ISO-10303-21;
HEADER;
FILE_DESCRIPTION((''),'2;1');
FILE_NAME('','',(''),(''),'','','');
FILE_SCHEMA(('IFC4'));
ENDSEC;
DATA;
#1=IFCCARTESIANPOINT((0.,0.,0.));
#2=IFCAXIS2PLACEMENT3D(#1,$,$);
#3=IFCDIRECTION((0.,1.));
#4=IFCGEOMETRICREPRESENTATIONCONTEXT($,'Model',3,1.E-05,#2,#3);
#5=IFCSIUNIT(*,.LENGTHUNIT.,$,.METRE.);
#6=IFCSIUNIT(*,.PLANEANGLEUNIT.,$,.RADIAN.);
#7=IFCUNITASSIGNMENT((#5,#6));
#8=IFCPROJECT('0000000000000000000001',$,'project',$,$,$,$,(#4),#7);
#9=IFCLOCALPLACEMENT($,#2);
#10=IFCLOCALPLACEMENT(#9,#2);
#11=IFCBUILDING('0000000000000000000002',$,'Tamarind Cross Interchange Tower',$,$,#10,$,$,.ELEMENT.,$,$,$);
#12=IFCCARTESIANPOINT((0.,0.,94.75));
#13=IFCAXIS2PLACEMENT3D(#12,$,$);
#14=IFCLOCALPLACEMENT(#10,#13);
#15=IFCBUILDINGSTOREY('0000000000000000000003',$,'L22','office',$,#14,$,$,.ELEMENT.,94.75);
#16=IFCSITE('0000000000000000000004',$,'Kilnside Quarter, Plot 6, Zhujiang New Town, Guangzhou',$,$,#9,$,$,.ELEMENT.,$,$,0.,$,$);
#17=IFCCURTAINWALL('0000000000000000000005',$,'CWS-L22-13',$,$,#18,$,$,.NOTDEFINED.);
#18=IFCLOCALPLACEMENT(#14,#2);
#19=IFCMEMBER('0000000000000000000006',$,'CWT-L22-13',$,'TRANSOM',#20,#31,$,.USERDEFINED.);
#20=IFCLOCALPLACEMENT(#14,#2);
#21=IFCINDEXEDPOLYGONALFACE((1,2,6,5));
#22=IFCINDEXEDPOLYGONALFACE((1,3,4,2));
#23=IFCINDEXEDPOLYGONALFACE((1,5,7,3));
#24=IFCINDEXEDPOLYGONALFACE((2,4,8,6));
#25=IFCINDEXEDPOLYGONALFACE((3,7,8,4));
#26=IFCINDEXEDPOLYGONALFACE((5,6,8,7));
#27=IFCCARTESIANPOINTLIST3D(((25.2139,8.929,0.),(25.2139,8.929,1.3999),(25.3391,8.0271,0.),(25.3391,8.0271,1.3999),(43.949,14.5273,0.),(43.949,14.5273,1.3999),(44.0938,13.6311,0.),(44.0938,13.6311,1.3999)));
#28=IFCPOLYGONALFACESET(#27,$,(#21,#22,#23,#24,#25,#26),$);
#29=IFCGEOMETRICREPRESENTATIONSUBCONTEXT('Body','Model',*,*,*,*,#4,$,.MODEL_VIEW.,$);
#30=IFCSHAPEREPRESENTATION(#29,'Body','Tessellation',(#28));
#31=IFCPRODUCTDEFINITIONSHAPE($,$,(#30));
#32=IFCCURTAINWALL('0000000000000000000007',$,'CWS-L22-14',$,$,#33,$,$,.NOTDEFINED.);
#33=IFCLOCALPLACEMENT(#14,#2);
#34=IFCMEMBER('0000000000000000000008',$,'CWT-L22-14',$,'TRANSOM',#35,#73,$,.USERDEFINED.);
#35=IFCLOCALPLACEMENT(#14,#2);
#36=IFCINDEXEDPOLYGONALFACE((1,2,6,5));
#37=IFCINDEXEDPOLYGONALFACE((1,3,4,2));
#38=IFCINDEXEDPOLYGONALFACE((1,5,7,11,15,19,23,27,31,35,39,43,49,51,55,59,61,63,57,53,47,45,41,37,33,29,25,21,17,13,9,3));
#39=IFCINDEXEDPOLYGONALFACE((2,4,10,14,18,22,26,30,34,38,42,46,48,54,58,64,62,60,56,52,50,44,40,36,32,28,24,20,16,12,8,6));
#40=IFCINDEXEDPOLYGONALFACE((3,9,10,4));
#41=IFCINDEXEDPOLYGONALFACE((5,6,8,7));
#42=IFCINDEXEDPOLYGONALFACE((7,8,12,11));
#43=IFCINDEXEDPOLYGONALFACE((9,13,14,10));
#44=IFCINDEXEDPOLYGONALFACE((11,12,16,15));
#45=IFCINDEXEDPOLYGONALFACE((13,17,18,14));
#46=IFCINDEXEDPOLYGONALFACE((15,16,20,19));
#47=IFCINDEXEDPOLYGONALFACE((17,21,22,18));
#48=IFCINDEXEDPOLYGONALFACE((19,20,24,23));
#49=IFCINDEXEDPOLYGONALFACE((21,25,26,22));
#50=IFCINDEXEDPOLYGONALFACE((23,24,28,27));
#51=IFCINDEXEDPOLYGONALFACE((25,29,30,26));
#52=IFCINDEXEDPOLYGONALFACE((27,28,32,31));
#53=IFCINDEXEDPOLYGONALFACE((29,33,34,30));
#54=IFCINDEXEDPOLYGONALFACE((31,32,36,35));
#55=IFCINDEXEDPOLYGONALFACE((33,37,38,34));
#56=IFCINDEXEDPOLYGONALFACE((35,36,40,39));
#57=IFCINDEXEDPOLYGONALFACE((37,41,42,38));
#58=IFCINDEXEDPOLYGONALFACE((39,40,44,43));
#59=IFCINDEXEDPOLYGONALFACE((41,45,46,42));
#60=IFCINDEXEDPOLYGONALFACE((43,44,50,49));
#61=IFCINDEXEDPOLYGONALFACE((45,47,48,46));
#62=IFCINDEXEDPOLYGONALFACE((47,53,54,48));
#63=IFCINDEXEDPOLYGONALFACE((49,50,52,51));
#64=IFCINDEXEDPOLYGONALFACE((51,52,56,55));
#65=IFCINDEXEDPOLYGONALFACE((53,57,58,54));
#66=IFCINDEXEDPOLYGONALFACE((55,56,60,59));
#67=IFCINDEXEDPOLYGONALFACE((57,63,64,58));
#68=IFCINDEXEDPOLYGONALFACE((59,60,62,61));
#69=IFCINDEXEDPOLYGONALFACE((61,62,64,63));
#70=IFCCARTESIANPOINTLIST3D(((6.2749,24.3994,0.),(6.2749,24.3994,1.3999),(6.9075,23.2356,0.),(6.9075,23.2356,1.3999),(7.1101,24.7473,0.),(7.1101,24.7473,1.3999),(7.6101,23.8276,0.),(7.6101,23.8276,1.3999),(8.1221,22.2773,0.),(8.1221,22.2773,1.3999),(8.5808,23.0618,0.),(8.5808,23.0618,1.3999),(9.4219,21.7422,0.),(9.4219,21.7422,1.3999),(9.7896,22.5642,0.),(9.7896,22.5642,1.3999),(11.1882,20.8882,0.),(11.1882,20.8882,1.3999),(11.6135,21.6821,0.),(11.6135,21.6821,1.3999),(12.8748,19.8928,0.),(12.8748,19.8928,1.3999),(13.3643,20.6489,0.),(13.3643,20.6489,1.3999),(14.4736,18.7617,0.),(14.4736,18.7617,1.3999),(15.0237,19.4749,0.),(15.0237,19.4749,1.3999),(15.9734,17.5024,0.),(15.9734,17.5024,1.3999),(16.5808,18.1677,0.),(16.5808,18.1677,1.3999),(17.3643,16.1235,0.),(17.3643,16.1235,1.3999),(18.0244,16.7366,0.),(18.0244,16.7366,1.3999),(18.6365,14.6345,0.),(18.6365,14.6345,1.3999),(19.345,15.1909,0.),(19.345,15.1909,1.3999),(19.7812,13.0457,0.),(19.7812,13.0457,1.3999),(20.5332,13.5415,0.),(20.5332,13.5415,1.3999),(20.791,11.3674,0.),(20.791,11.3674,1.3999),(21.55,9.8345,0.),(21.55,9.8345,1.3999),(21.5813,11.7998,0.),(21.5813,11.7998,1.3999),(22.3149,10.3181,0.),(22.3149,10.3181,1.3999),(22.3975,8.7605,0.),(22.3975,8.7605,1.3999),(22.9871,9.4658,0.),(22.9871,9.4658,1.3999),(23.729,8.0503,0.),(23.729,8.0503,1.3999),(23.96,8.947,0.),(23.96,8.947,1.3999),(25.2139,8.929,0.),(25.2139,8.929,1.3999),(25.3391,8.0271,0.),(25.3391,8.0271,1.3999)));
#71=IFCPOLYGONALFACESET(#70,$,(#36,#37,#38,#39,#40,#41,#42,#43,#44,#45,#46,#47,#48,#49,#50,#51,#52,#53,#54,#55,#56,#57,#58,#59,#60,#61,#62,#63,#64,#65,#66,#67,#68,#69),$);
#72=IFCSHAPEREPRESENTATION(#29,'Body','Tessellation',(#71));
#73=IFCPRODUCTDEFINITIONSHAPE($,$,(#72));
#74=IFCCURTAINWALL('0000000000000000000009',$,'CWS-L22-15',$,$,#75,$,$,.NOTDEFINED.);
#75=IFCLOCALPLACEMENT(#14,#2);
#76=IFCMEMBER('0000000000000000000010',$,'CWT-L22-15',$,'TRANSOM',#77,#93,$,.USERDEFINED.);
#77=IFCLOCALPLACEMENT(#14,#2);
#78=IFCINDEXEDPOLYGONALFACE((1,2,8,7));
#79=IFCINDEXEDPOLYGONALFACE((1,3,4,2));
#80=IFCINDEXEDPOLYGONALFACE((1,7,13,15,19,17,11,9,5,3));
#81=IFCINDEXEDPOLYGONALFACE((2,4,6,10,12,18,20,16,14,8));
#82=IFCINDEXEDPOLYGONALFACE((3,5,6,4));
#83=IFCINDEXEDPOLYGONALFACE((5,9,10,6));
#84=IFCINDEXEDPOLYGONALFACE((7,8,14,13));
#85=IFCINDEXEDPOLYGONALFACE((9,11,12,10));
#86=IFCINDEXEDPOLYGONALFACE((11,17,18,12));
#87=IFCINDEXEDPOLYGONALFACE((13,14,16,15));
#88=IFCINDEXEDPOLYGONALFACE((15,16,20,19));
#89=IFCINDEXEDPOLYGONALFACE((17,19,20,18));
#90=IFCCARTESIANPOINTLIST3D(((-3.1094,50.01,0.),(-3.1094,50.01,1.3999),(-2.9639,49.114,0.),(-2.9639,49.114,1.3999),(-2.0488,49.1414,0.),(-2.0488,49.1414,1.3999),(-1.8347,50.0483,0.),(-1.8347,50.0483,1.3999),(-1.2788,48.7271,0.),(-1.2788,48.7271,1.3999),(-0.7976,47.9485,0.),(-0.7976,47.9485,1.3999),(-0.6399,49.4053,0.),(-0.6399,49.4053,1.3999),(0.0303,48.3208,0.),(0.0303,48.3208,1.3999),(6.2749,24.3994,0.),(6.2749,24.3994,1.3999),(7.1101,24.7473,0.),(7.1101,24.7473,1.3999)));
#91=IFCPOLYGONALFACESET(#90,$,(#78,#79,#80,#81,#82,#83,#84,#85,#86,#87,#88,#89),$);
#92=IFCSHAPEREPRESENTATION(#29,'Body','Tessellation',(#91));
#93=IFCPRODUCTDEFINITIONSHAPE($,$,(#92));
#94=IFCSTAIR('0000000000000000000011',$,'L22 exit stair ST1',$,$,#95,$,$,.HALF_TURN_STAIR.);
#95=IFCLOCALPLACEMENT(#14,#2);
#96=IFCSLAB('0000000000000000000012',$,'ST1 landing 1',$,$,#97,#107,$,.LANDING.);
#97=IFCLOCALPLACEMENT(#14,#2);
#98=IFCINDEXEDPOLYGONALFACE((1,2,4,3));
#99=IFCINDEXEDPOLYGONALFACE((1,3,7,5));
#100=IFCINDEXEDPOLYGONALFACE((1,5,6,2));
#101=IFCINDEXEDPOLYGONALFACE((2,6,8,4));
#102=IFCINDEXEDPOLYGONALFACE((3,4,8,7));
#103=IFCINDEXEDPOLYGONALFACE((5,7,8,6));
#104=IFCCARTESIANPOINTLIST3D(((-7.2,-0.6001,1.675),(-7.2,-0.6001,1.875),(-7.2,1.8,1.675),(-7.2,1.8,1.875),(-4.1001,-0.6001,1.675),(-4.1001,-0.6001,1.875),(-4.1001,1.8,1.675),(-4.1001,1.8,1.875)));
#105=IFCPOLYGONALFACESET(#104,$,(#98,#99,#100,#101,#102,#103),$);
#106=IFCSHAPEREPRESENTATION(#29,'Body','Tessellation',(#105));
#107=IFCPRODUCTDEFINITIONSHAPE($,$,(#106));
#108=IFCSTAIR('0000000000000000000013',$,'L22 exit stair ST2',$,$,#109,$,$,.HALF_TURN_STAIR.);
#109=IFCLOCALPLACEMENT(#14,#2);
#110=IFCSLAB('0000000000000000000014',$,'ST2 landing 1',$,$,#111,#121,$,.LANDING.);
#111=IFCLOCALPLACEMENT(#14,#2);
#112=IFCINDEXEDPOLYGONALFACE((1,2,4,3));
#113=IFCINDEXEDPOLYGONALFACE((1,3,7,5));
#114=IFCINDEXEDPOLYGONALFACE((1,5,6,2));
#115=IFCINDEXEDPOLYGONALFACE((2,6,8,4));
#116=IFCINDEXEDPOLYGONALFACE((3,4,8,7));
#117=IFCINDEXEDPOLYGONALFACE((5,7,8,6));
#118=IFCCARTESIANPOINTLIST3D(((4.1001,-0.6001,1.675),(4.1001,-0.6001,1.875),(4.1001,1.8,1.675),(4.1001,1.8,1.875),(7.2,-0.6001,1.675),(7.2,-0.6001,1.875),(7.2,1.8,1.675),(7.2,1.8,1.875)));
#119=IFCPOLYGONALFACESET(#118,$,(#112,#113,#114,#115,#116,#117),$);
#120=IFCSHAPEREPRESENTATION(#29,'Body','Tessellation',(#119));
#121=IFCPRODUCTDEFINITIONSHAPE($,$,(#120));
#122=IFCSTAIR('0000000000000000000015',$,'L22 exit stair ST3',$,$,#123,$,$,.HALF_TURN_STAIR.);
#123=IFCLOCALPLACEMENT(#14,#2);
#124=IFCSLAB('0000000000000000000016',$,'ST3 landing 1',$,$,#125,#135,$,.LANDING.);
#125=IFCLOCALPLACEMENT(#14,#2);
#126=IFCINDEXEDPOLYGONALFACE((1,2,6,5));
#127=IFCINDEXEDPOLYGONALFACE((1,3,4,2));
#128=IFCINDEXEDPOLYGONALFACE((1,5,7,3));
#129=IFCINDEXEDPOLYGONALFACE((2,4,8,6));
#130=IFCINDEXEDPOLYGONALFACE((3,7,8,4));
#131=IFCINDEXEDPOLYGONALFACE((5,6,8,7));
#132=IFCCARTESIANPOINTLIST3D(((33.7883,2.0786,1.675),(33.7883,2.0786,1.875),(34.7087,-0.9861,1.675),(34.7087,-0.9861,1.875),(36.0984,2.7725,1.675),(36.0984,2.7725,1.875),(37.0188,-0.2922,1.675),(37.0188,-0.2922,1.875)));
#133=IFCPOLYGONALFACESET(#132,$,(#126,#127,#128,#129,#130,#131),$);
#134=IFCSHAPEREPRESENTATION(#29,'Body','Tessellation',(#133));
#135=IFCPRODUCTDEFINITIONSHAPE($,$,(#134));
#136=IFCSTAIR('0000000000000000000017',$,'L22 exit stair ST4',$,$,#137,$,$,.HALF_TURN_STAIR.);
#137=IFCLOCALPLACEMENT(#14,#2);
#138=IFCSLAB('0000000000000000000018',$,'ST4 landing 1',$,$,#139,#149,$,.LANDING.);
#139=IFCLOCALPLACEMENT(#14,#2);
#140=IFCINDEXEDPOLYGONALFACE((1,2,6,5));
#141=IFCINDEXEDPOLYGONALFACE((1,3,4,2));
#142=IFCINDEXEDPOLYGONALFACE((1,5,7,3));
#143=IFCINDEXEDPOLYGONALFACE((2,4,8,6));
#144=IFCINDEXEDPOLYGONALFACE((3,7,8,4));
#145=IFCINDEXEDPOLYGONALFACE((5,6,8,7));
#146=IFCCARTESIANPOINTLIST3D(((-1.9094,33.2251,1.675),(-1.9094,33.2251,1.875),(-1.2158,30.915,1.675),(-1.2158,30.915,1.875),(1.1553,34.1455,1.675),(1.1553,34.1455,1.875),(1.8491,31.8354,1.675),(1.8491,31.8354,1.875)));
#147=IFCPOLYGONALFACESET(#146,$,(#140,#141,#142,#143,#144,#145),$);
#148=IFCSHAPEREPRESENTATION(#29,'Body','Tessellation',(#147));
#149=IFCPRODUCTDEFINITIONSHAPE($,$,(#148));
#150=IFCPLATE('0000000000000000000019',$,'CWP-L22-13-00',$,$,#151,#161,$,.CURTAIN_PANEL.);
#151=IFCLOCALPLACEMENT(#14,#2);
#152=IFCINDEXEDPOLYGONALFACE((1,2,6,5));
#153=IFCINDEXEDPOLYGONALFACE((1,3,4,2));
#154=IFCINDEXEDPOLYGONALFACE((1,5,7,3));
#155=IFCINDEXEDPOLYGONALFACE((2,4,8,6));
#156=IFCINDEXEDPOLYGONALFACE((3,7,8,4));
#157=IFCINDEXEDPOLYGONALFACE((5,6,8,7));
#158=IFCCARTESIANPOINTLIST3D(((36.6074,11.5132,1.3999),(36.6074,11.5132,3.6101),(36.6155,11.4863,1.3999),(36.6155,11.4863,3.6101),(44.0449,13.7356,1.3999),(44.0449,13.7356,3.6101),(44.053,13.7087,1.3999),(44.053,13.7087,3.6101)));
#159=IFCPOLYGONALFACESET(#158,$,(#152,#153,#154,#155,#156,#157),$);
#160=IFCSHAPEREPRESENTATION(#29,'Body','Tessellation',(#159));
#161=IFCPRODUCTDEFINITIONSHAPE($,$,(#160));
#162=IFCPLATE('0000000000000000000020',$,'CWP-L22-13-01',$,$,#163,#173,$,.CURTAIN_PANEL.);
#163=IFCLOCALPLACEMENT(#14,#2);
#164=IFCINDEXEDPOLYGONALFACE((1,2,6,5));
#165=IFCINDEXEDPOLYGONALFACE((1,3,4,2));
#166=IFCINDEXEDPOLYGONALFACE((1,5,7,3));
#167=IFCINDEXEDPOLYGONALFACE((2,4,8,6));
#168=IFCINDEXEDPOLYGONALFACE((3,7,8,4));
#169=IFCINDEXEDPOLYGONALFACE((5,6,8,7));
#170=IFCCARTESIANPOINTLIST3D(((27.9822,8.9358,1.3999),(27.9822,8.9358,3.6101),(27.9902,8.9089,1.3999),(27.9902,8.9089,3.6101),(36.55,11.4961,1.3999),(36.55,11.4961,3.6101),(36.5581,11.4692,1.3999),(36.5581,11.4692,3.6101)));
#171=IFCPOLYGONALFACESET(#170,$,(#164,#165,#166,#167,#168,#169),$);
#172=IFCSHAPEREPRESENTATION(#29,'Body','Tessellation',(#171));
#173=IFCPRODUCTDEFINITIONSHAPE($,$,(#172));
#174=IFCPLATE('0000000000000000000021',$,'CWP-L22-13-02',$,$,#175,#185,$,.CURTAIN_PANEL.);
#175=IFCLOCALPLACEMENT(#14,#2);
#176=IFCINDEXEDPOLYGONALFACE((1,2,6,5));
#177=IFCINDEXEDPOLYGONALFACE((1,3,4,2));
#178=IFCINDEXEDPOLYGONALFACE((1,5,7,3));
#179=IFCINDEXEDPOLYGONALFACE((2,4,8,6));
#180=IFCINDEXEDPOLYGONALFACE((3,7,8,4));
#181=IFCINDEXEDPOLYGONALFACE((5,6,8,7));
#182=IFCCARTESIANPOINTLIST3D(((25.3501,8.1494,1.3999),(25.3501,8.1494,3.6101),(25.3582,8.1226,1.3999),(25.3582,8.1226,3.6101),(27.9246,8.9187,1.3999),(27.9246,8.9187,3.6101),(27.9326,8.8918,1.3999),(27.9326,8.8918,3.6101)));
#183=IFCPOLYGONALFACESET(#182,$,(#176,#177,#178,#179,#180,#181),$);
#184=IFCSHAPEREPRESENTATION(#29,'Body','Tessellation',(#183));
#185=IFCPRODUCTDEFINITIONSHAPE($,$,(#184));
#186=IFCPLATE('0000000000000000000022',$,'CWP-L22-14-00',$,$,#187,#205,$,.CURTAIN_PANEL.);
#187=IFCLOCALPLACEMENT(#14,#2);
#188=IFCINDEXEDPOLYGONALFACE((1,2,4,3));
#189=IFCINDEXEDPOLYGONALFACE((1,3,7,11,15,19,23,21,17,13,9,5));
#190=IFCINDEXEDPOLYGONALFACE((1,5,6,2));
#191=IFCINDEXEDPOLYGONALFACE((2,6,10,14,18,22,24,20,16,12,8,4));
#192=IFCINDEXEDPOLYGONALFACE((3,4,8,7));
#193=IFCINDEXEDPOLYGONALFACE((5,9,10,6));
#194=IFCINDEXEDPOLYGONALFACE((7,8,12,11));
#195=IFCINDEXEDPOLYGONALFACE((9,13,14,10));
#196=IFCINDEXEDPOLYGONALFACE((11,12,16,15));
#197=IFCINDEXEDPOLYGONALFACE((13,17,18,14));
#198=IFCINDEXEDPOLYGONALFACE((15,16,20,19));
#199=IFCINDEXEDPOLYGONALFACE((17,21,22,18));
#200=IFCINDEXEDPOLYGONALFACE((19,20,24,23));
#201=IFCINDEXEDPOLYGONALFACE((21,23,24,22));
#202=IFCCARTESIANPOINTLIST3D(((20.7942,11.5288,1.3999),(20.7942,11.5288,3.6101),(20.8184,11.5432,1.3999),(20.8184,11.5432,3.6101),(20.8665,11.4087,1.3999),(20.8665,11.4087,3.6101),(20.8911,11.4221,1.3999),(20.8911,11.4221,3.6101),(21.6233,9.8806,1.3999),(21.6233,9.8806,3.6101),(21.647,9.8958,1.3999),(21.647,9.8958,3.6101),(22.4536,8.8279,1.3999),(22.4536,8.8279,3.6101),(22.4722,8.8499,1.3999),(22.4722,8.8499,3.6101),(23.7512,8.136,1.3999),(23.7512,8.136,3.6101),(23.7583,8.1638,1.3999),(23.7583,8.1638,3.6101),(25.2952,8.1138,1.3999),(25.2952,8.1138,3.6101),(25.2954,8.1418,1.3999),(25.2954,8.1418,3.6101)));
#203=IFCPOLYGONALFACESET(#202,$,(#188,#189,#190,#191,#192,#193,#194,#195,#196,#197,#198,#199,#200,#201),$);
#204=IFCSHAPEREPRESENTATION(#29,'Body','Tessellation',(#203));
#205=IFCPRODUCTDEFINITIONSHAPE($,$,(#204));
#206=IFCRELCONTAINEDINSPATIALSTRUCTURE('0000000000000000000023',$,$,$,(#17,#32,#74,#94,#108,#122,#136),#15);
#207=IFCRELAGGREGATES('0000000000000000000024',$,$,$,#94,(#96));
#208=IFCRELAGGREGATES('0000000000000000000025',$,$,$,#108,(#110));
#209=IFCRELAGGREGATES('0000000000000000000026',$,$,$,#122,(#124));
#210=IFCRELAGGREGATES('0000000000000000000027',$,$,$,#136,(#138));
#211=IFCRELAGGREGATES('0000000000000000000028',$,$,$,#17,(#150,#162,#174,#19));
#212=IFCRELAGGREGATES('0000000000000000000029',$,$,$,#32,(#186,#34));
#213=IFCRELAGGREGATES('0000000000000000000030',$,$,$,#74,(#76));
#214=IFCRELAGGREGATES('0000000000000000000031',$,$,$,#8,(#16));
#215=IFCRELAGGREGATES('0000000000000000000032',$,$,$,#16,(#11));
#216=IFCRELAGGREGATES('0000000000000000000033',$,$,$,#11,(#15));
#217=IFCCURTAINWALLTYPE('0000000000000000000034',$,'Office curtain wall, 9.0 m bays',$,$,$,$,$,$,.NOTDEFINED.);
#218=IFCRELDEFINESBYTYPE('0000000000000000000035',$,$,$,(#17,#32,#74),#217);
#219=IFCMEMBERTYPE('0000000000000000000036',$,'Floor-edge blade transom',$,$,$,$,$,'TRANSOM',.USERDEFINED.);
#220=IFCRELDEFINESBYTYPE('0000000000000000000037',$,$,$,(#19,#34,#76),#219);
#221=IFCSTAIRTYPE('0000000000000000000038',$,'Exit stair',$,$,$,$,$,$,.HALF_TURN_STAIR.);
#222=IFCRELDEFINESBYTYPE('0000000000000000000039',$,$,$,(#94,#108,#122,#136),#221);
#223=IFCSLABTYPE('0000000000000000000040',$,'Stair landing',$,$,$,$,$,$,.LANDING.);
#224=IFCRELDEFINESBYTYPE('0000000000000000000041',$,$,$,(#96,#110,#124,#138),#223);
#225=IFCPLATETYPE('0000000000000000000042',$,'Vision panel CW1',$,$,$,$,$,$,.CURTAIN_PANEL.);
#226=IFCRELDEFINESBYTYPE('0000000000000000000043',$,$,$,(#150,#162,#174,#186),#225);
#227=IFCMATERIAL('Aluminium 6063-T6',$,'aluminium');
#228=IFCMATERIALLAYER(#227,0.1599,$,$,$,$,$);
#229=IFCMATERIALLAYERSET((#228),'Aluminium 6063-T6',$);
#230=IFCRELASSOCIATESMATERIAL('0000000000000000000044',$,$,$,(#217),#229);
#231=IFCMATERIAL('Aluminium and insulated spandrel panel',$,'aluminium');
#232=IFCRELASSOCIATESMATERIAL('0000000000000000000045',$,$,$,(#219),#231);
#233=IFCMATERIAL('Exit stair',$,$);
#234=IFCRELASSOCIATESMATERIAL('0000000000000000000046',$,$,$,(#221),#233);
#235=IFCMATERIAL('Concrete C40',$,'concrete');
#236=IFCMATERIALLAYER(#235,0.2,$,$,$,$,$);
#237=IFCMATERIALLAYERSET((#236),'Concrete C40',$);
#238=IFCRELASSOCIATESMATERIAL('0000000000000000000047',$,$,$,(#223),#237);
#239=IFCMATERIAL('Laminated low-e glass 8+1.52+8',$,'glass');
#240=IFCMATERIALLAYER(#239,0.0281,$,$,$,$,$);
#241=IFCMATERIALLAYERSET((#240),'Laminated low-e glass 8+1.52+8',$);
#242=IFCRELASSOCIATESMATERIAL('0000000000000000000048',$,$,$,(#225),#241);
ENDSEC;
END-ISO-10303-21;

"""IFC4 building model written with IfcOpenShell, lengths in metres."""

from ifc_helpers import new_model, si_unit, direction, frame, origin, place, context, subcontext, project, spatial, polyline, outline, extrude, material, layer, layer_set, type_object, element, aggregate, save


model = new_model("IFC4")

# Units and contexts
model_context = context("Model", 3, precision=1e-05, world=origin(), true_north=direction((0.0, 1.0)))
body_context = subcontext(model_context, "Body", "Model", "MODEL_VIEW")
ifc_project = project(units=[si_unit("LENGTHUNIT", "METRE"), si_unit("PLANEANGLEUNIT", "RADIAN")], contexts=[model_context])

# Site, building, storey
site_placement = place(None, origin())
site = spatial("IfcSite", under=ifc_project, at=site_placement, Name="Kilnside Quarter, Plot 6, Zhujiang New Town, Guangzhou", CompositionType="ELEMENT", RefElevation=0.0)
building_placement = place(site_placement, origin())
building = spatial("IfcBuilding", under=site, at=building_placement, Name="Tamarind Cross Interchange Tower", CompositionType="ELEMENT")
storey_placement = place(building_placement, frame((0.0, 0.0, 94.75)))
storey = spatial("IfcBuildingStorey", under=building, at=storey_placement, Name="L22", Description="office", CompositionType="ELEMENT", Elevation=94.75)

# Curtain walls, members
ifc_material_1 = material(Name="Aluminium 6063-T6", Category="aluminium")
ifc_layer_1 = layer(ifc_material_1, 0.1599)
ifc_layer_set_1 = layer_set([ifc_layer_1], Name="Aluminium 6063-T6")
curtain_wall_type = type_object("IfcCurtainWallType", Name="Office curtain wall, 9.0 m bays", PredefinedType="NOTDEFINED", material=ifc_layer_set_1)
curtain_wall_1_placement = place(storey_placement, origin())
curtain_wall_1 = element("IfcCurtainWall", 1, at=curtain_wall_1_placement, inside=storey, type_object=curtain_wall_type, Name="CWS-L22-13", PredefinedType="NOTDEFINED")
ifc_material_2 = material(Name="Aluminium and insulated spandrel panel", Category="aluminium")
member_type = type_object("IfcMemberType", Name="Floor-edge blade transom", ElementType="TRANSOM", PredefinedType="USERDEFINED", material=ifc_material_2)
member_1_placement = place(storey_placement, origin())
member_1 = element("IfcMember", 2, at=member_1_placement, type_object=member_type, Name="CWT-L22-13", ObjectType="TRANSOM", PredefinedType="USERDEFINED", context=body_context, shape_type="SweptSolid", body=[
    extrude(outline(polyline([(44.0938, 13.6311), (25.3391, 8.0271), (25.2139, 8.929), (43.949, 14.5273), (44.0938, 13.6311)])), origin(), (0.0, 0.0, 1.0), 1.3999),
])
curtain_wall_2_placement = place(storey_placement, origin())
curtain_wall_2 = element("IfcCurtainWall", 3, at=curtain_wall_2_placement, inside=storey, type_object=curtain_wall_type, Name="CWS-L22-14", PredefinedType="NOTDEFINED")
member_2_placement = place(storey_placement, origin())
member_2 = element("IfcMember", 4, at=member_2_placement, type_object=member_type, Name="CWT-L22-14", ObjectType="TRANSOM", PredefinedType="USERDEFINED", context=body_context, shape_type="SweptSolid", body=[
    extrude(outline(polyline([(25.3391, 8.0271), (23.729, 8.0503), (22.3975, 8.7605), (21.55, 9.8345), (20.791, 11.3674), (19.7812, 13.0457), (18.6365, 14.6345), (17.3643, 16.1235), (15.9734, 17.5024), (14.4736, 18.7617), (12.8748, 19.8928), (11.1882, 20.8882), (9.4219, 21.7422), (8.1221, 22.2773), (6.9075, 23.2356), (6.2749, 24.3994), (7.1101, 24.7473), (7.6101, 23.8276), (8.5808, 23.0618), (9.7896, 22.5642), (11.6135, 21.6821), (13.3643, 20.6489), (15.0237, 19.4749), (16.5808, 18.1677), (18.0244, 16.7366), (19.345, 15.1909), (20.5332, 13.5415), (21.5813, 11.7998), (22.3149, 10.3181), (22.9871, 9.4658), (23.96, 8.947), (25.2139, 8.929), (25.3391, 8.0271)])), origin(), (0.0, 0.0, 1.0), 1.3999),
])
curtain_wall_3_placement = place(storey_placement, origin())
curtain_wall_3 = element("IfcCurtainWall", 5, at=curtain_wall_3_placement, inside=storey, type_object=curtain_wall_type, Name="CWS-L22-15", PredefinedType="NOTDEFINED")
member_3_placement = place(storey_placement, origin())
member_3 = element("IfcMember", 6, at=member_3_placement, type_object=member_type, Name="CWT-L22-15", ObjectType="TRANSOM", PredefinedType="USERDEFINED", context=body_context, shape_type="SweptSolid", body=[
    extrude(outline(polyline([(6.2749, 24.3994), (-0.7976, 47.9485), (-1.2788, 48.7271), (-2.0488, 49.1414), (-2.9639, 49.114), (-3.1094, 50.01), (-1.8347, 50.0483), (-0.6399, 49.4053), (0.0303, 48.3208), (7.1101, 24.7473), (6.2749, 24.3994)])), origin(), (0.0, 0.0, 1.0), 1.3999),
])

# Stairs, slabs
ifc_material_3 = material(Name="Exit stair")
stair_type = type_object("IfcStairType", Name="Exit stair", PredefinedType="HALF_TURN_STAIR", material=ifc_material_3)
stair_1_placement = place(storey_placement, origin())
stair_1 = element("IfcStair", 7, at=stair_1_placement, inside=storey, type_object=stair_type, Name="L22 exit stair ST1", PredefinedType="HALF_TURN_STAIR")
ifc_material_4 = material(Name="Concrete C40", Category="concrete")
ifc_layer_2 = layer(ifc_material_4, 0.2)
ifc_layer_set_2 = layer_set([ifc_layer_2], Name="Concrete C40")
slab_type = type_object("IfcSlabType", Name="Stair landing", PredefinedType="LANDING", material=ifc_layer_set_2)
slab_1_placement = place(storey_placement, frame((0.0, 0.0, 1.675)))
slab_1 = element("IfcSlab", 8, at=slab_1_placement, type_object=slab_type, Name="ST1 landing 1", PredefinedType="LANDING", context=body_context, shape_type="SweptSolid", body=[
    extrude(outline(polyline([(-4.1001, -0.6001), (-4.1001, 1.8), (-7.2, 1.8), (-7.2, -0.6001), (-4.1001, -0.6001)])), origin(), (0.0, 0.0, 1.0), 0.2),
])
aggregate(stair_1, [slab_1])
stair_2_placement = place(storey_placement, origin())
stair_2 = element("IfcStair", 9, at=stair_2_placement, inside=storey, type_object=stair_type, Name="L22 exit stair ST2", PredefinedType="HALF_TURN_STAIR")
slab_2_placement = place(storey_placement, frame((0.0, 0.0, 1.675)))
slab_2 = element("IfcSlab", 10, at=slab_2_placement, type_object=slab_type, Name="ST2 landing 1", PredefinedType="LANDING", context=body_context, shape_type="SweptSolid", body=[
    extrude(outline(polyline([(7.2, -0.6001), (7.2, 1.8), (4.1001, 1.8), (4.1001, -0.6001), (7.2, -0.6001)])), origin(), (0.0, 0.0, 1.0), 0.2),
])
aggregate(stair_2, [slab_2])
stair_3_placement = place(storey_placement, origin())
stair_3 = element("IfcStair", 11, at=stair_3_placement, inside=storey, type_object=stair_type, Name="L22 exit stair ST3", PredefinedType="HALF_TURN_STAIR")
slab_3_placement = place(storey_placement, frame((0.0, 0.0, 1.675)))
slab_3 = element("IfcSlab", 12, at=slab_3_placement, type_object=slab_type, Name="ST3 landing 1", PredefinedType="LANDING", context=body_context, shape_type="SweptSolid", body=[
    extrude(outline(polyline([(34.7087, -0.9861), (37.0188, -0.2922), (36.0984, 2.7725), (33.7883, 2.0786), (34.7087, -0.9861)])), origin(), (0.0, 0.0, 1.0), 0.2),
])
aggregate(stair_3, [slab_3])
stair_4_placement = place(storey_placement, origin())
stair_4 = element("IfcStair", 13, at=stair_4_placement, inside=storey, type_object=stair_type, Name="L22 exit stair ST4", PredefinedType="HALF_TURN_STAIR")
slab_4_placement = place(storey_placement, frame((0.0, 0.0, 1.675)))
slab_4 = element("IfcSlab", 14, at=slab_4_placement, type_object=slab_type, Name="ST4 landing 1", PredefinedType="LANDING", context=body_context, shape_type="SweptSolid", body=[
    extrude(outline(polyline([(1.8491, 31.8354), (1.1553, 34.1455), (-1.9094, 33.2251), (-1.2158, 30.915), (1.8491, 31.8354)])), origin(), (0.0, 0.0, 1.0), 0.2),
])
aggregate(stair_4, [slab_4])

# Plates
ifc_material_5 = material(Name="Laminated low-e glass 8+1.52+8", Category="glass")
ifc_layer_3 = layer(ifc_material_5, 0.0281)
ifc_layer_set_3 = layer_set([ifc_layer_3], Name="Laminated low-e glass 8+1.52+8")
plate_type = type_object("IfcPlateType", Name="Vision panel CW1", PredefinedType="CURTAIN_PANEL", material=ifc_layer_set_3)
plate_1_placement = place(storey_placement, frame((0.0, 0.0, 1.3999)))
plate_1 = element("IfcPlate", 15, at=plate_1_placement, type_object=plate_type, Name="CWP-L22-13-00", PredefinedType="CURTAIN_PANEL", context=body_context, shape_type="SweptSolid", body=[
    extrude(outline(polyline([(44.053, 13.7087), (36.6155, 11.4863), (36.6074, 11.5132), (44.0449, 13.7356), (44.053, 13.7087)])), origin(), (0.0, 0.0, 1.0), 2.2102),
])
plate_2_placement = place(storey_placement, frame((0.0, 0.0, 1.3999)))
plate_2 = element("IfcPlate", 16, at=plate_2_placement, type_object=plate_type, Name="CWP-L22-13-01", PredefinedType="CURTAIN_PANEL", context=body_context, shape_type="SweptSolid", body=[
    extrude(outline(polyline([(36.5581, 11.4692), (27.9902, 8.9089), (27.9822, 8.9358), (36.55, 11.4961), (36.5581, 11.4692)])), origin(), (0.0, 0.0, 1.0), 2.2102),
])
plate_3_placement = place(storey_placement, frame((0.0, 0.0, 1.3999)))
plate_3 = element("IfcPlate", 17, at=plate_3_placement, type_object=plate_type, Name="CWP-L22-13-02", PredefinedType="CURTAIN_PANEL", context=body_context, shape_type="SweptSolid", body=[
    extrude(outline(polyline([(27.9326, 8.8918), (25.3582, 8.1226), (25.3501, 8.1494), (27.9246, 8.9187), (27.9326, 8.8918)])), origin(), (0.0, 0.0, 1.0), 2.2102),
])
aggregate(curtain_wall_1, [plate_1, plate_2, plate_3, member_1])
plate_4_placement = place(storey_placement, frame((0.0, 0.0, 1.3999)))
plate_4 = element("IfcPlate", 18, at=plate_4_placement, type_object=plate_type, Name="CWP-L22-14-00", PredefinedType="CURTAIN_PANEL", context=body_context, shape_type="SweptSolid", body=[
    extrude(outline(polyline([(25.2952, 8.1138), (23.7512, 8.136), (22.4536, 8.8279), (21.6233, 9.8806), (20.8665, 11.4087), (20.7942, 11.5288), (20.8184, 11.5432), (20.8911, 11.4221), (21.647, 9.8958), (22.4722, 8.8499), (23.7583, 8.1638), (25.2954, 8.1418), (25.2952, 8.1138)])), origin(), (0.0, 0.0, 1.0), 2.2102),
])
aggregate(curtain_wall_2, [plate_4, member_2])
aggregate(curtain_wall_3, [member_3])

save(model, "model.ifc")
